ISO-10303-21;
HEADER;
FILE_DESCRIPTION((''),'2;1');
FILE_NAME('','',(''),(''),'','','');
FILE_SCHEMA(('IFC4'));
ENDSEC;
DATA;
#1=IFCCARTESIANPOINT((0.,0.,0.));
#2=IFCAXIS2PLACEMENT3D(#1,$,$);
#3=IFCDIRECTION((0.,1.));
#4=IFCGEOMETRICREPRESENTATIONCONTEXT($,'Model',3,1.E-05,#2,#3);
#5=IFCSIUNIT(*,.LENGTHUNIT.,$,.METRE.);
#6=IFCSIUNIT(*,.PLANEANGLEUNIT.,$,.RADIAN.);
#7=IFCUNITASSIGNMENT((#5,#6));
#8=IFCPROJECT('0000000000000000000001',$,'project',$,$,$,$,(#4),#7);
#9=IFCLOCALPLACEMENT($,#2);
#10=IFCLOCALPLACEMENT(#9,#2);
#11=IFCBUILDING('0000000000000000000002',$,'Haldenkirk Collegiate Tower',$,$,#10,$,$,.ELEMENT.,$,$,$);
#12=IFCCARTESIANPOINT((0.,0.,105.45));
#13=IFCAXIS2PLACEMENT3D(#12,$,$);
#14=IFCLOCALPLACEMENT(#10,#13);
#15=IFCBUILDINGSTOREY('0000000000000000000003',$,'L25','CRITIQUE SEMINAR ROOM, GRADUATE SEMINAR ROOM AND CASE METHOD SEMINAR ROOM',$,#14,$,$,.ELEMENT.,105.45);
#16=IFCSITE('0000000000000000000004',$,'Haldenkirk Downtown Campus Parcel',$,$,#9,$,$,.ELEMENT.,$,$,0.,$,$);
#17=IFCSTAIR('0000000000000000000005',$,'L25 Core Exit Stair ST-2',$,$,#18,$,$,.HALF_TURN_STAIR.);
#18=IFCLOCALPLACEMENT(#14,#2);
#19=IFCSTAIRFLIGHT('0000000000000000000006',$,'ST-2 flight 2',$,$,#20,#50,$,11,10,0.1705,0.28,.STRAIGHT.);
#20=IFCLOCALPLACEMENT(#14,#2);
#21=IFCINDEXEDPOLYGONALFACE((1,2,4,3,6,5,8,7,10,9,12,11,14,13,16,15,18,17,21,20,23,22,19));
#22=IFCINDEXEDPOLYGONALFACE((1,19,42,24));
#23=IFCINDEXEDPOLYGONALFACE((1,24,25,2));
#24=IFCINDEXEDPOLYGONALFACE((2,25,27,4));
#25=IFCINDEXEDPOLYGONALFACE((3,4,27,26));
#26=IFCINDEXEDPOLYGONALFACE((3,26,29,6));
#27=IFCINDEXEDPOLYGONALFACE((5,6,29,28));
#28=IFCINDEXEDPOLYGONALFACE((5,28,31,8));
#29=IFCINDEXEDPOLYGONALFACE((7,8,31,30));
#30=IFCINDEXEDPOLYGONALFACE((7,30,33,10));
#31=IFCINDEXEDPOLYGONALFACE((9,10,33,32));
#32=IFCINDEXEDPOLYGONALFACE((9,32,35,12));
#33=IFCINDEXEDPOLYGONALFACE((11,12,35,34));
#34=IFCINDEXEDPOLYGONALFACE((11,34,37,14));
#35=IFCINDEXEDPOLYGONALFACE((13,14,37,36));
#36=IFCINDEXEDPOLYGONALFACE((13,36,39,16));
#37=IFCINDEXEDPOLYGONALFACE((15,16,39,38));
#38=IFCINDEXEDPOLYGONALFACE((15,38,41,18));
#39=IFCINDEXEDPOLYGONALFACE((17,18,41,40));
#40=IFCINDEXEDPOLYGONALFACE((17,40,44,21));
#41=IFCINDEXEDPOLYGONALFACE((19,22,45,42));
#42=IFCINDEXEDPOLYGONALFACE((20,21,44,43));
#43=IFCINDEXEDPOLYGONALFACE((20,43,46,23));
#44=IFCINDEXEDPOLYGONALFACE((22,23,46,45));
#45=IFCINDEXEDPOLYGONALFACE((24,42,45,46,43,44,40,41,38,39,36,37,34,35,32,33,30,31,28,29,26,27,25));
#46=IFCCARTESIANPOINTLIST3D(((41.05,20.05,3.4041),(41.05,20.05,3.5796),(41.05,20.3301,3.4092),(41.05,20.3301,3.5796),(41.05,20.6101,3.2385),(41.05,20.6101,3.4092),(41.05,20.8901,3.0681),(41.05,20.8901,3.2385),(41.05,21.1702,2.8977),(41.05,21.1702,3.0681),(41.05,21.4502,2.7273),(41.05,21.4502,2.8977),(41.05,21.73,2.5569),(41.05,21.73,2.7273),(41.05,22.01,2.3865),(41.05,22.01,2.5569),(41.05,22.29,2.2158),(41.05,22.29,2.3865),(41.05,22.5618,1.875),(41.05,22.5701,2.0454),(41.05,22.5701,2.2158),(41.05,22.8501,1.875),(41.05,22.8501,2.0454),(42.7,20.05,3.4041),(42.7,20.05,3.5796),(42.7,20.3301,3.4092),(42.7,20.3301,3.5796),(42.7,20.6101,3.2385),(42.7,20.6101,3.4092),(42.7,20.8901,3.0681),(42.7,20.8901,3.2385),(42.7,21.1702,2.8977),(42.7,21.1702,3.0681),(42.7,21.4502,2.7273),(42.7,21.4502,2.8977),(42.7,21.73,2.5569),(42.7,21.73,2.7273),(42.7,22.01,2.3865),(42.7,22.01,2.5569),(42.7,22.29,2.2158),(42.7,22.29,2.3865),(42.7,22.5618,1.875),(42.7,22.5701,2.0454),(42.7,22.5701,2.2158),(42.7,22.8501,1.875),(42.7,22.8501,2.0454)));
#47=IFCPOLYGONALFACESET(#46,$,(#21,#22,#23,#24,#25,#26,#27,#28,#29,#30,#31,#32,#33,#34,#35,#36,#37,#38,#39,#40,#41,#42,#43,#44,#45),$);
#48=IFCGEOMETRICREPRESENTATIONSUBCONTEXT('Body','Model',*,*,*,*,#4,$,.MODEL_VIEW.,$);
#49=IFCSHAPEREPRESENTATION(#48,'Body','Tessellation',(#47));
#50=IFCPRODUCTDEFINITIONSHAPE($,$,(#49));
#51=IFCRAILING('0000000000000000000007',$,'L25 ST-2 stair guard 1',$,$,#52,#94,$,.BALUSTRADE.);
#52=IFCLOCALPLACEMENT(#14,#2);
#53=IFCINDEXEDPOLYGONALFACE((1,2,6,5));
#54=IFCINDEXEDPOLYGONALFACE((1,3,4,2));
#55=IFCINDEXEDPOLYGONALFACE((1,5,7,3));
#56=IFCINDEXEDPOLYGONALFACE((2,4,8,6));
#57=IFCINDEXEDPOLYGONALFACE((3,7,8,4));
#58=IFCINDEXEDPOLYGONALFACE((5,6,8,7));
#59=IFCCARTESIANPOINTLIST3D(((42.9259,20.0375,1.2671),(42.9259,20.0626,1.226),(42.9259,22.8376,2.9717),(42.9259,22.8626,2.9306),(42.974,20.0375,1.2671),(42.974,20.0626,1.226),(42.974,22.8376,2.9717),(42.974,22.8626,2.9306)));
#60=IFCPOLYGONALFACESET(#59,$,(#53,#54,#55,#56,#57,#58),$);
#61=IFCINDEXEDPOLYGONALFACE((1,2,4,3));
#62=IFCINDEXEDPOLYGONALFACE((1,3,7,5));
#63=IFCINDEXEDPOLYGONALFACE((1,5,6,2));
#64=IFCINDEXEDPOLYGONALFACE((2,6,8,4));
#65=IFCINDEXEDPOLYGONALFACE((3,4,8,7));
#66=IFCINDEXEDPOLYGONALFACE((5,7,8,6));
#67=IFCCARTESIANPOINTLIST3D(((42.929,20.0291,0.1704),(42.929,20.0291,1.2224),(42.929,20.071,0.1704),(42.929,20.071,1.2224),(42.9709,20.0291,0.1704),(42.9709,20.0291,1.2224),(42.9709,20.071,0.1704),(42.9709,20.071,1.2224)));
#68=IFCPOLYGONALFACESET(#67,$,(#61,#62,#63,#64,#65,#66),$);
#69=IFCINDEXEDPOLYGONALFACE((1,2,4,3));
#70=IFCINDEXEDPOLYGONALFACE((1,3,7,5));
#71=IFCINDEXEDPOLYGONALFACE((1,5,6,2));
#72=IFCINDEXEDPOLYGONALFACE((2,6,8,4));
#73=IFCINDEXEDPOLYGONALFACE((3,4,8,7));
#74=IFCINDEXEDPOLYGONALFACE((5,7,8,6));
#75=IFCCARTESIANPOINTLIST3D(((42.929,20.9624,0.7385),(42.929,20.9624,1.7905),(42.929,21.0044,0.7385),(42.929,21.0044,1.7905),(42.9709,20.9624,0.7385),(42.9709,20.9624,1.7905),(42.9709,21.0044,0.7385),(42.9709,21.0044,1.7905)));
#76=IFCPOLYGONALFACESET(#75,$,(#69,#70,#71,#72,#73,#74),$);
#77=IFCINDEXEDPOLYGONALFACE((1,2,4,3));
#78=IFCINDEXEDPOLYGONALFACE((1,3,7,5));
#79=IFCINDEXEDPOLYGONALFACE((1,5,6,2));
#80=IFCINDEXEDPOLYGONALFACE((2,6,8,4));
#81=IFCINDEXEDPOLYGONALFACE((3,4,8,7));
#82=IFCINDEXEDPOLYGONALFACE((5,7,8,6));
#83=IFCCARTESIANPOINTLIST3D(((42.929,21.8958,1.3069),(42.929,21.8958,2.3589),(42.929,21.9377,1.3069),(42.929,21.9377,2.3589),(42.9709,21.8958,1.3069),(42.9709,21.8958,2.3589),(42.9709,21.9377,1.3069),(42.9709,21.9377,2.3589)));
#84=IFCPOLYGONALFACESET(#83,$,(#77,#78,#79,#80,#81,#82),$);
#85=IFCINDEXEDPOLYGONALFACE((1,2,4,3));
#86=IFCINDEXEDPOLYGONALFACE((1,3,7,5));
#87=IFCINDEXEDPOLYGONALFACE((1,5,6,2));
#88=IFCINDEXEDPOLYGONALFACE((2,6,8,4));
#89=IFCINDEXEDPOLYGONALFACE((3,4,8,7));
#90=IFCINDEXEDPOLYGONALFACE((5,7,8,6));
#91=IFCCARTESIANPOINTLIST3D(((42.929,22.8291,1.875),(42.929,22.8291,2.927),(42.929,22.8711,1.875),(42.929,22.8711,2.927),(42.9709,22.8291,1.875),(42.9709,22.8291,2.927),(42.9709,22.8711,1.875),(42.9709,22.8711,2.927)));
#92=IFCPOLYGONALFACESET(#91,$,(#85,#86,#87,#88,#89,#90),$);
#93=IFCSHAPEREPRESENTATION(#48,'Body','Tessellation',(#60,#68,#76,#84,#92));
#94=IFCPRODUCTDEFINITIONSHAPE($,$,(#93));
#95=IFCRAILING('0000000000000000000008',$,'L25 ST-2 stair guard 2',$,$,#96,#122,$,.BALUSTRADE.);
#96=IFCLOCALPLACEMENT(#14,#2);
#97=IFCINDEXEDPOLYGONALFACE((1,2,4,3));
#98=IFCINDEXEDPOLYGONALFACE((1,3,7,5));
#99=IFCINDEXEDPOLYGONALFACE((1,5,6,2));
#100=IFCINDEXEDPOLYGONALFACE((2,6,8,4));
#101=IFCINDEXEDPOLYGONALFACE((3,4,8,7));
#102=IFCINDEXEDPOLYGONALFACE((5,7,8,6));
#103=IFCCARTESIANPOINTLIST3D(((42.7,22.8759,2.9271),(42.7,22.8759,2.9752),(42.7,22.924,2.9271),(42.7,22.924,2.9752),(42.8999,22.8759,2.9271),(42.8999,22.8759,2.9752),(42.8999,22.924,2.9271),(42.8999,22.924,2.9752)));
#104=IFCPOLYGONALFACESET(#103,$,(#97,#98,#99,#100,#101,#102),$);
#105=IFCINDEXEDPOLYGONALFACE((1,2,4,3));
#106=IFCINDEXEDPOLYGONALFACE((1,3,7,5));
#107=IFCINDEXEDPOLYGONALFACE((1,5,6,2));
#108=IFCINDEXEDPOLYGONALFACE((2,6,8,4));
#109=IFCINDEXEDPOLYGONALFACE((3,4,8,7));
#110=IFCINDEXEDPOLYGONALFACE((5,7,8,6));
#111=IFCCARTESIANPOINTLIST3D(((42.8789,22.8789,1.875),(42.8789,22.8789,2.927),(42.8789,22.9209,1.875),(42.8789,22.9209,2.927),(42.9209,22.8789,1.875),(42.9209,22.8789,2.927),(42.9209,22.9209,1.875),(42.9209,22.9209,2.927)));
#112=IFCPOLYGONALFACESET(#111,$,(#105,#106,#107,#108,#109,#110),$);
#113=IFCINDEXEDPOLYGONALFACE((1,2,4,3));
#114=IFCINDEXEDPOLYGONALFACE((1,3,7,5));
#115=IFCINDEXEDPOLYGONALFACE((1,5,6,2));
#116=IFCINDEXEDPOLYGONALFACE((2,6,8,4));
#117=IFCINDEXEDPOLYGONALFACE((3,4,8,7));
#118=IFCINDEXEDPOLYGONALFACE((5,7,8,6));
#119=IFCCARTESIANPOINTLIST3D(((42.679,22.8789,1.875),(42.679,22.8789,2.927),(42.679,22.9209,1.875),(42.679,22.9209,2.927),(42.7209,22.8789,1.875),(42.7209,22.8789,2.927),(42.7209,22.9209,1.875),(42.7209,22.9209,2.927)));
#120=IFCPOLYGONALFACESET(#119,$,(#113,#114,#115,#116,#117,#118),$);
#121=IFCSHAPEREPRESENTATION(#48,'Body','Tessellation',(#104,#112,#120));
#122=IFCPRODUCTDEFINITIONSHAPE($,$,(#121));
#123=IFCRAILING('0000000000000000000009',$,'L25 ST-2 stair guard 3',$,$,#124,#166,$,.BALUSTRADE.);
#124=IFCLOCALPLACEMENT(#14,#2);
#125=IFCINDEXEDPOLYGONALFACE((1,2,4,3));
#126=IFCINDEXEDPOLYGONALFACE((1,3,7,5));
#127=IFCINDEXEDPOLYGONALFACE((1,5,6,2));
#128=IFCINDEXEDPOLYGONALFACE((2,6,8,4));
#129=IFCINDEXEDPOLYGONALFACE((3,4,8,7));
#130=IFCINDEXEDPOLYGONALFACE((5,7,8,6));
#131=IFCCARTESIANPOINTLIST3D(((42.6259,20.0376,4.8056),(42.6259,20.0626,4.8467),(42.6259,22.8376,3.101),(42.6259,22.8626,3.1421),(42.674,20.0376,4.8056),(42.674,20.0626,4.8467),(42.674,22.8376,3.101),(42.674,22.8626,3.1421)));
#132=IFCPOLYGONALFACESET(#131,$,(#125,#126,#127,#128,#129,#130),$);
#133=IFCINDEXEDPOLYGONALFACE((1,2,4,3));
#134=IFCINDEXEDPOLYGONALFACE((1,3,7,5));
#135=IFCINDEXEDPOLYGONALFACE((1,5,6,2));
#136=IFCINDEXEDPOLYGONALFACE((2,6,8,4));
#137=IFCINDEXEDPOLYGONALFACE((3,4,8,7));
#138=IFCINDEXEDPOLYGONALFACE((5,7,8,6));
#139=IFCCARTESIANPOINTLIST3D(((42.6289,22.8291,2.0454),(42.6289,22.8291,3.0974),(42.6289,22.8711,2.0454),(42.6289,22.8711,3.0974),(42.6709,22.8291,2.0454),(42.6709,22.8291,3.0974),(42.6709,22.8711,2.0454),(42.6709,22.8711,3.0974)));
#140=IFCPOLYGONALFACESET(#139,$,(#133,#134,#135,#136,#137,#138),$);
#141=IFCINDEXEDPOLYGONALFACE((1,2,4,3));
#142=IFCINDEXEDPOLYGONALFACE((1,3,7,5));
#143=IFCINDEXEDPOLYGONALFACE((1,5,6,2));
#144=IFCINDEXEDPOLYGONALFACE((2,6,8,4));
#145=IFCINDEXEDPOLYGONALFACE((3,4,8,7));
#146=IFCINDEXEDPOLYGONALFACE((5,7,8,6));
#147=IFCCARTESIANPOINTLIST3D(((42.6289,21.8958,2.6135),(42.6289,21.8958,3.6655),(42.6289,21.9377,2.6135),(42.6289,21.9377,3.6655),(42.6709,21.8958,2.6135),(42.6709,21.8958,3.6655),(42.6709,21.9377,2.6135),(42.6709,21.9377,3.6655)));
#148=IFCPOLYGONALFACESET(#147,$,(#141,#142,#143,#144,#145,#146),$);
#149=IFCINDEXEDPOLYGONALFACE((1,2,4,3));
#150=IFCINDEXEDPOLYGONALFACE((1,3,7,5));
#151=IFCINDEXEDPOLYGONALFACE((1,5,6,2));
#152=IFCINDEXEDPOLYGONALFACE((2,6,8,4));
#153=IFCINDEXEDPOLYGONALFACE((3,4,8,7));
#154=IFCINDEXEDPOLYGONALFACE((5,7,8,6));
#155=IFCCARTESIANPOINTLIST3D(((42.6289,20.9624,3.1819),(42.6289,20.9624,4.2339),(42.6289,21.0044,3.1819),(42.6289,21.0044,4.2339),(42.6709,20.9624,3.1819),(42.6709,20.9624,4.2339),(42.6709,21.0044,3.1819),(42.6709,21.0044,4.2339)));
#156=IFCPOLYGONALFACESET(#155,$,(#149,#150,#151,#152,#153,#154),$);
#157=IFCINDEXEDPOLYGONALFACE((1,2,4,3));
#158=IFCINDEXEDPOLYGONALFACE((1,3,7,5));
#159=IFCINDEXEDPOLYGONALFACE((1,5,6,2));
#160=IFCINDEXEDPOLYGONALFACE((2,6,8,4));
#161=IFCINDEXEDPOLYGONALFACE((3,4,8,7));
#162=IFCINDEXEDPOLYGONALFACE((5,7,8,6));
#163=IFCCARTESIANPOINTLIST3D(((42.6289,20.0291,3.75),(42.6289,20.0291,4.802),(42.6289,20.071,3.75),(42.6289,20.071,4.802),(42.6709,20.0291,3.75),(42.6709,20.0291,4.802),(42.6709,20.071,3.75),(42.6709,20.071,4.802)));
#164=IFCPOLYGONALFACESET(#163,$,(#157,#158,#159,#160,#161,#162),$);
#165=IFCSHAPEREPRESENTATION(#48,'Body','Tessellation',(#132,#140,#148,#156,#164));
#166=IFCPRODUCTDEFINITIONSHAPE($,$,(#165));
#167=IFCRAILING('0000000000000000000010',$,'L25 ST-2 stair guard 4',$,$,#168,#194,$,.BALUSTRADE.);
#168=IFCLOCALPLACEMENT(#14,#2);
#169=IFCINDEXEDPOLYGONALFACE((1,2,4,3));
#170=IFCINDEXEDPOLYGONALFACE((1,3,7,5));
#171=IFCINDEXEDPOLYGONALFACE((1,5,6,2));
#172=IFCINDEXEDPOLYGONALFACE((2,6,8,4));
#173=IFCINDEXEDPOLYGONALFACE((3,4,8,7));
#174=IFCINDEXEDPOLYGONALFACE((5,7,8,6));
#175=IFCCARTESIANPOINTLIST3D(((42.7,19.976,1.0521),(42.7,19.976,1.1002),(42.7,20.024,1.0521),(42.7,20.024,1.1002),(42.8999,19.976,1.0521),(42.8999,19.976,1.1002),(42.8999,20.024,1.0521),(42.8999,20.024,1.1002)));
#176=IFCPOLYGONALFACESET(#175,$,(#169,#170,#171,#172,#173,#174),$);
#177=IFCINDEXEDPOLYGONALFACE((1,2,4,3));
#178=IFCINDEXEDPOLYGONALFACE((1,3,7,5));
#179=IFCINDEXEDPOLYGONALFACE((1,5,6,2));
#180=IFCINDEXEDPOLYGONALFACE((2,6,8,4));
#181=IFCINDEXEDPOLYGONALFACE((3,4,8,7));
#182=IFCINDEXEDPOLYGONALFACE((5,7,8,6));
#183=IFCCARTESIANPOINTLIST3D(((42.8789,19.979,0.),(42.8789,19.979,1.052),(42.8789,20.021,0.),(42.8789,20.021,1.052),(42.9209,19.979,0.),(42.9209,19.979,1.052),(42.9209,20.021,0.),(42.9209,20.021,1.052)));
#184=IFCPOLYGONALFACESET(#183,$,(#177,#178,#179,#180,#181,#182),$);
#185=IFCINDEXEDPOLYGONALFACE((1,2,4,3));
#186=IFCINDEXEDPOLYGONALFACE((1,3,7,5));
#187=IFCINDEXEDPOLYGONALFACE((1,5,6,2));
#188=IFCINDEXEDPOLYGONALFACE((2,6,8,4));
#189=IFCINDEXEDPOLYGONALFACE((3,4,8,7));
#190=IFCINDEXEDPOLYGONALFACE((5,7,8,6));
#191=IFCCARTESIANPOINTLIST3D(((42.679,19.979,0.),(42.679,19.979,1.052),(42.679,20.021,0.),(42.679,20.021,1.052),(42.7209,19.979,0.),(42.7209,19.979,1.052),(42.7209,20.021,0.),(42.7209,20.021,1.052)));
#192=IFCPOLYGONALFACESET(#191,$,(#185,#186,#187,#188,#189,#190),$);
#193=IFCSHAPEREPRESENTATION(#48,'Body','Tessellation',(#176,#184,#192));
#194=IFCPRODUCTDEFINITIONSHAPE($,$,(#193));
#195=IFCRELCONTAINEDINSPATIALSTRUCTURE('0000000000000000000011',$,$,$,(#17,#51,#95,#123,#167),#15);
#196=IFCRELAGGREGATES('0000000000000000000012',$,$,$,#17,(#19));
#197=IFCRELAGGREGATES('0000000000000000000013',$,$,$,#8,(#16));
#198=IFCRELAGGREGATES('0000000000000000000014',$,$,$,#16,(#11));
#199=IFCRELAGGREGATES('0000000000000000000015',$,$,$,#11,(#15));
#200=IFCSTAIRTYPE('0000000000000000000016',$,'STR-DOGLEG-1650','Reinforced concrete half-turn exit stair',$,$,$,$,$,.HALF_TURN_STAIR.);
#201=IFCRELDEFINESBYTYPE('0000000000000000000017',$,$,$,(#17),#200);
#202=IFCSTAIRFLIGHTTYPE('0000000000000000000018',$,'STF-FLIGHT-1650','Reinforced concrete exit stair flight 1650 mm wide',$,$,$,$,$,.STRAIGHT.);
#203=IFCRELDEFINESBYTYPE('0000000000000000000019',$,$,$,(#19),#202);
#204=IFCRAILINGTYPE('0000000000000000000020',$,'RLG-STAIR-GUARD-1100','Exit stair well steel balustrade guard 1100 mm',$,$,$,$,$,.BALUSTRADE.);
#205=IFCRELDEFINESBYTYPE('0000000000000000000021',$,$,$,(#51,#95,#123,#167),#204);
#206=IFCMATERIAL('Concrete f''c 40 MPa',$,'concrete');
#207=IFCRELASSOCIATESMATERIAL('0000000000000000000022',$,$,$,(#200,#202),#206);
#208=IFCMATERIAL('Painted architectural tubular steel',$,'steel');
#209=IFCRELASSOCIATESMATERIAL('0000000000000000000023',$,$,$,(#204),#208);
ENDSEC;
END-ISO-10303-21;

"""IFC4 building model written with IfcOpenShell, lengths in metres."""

from ifc_helpers import new_model, si_unit, direction, frame, origin, origin_2d, place, context, subcontext, project, spatial, polyline, rectangle, outline, extrude, material, type_object, element, aggregate, save


model = new_model("IFC4")

# Units and contexts
model_context = context("Model", 3, precision=1e-05, world=origin(), true_north=direction((0.0, 1.0)))
body_context = subcontext(model_context, "Body", "Model", "MODEL_VIEW")
ifc_project = project(units=[si_unit("LENGTHUNIT", "METRE"), si_unit("PLANEANGLEUNIT", "RADIAN")], contexts=[model_context])

# Site, building, storey
site_placement = place(None, origin())
site = spatial("IfcSite", under=ifc_project, at=site_placement, Name="Haldenkirk Downtown Campus Parcel", CompositionType="ELEMENT", RefElevation=0.0)
building_placement = place(site_placement, origin())
building = spatial("IfcBuilding", under=site, at=building_placement, Name="Haldenkirk Collegiate Tower", CompositionType="ELEMENT")
storey_placement = place(building_placement, frame((0.0, 0.0, 105.45)))
storey = spatial("IfcBuildingStorey", under=building, at=storey_placement, Name="L25", Description="CRITIQUE SEMINAR ROOM, GRADUATE SEMINAR ROOM AND CASE METHOD SEMINAR ROOM", CompositionType="ELEMENT", Elevation=105.45)

# Stair, stair flight
ifc_material_1 = material(Name="Concrete f'c 40 MPa", Category="concrete")
stair_type = type_object("IfcStairType", Name="STR-DOGLEG-1650", Description="Reinforced concrete half-turn exit stair", PredefinedType="HALF_TURN_STAIR", material=ifc_material_1)
stair_placement = place(storey_placement, origin())
stair = element("IfcStair", 1, at=stair_placement, inside=storey, type_object=stair_type, Name="L25 Core Exit Stair ST-2", PredefinedType="HALF_TURN_STAIR")
stair_flight_type = type_object("IfcStairFlightType", Name="STF-FLIGHT-1650", Description="Reinforced concrete exit stair flight 1650 mm wide", PredefinedType="STRAIGHT", material=ifc_material_1)
stair_flight_1_placement = place(storey_placement, frame((41.875, 22.8501, 1.875), z_axis=(0.0, 0.0, 1.0), x_axis=(0.0, -1.0, 0.0)))
stair_flight_1 = element("IfcStairFlight", 2, at=stair_flight_1_placement, type_object=stair_flight_type, Name="ST-2 flight 2", NumberOfRisers=11, NumberOfTreads=10, PredefinedType="STRAIGHT", RiserHeight=0.1705, TreadLength=0.28, context=body_context, shape_type="SweptSolid", body=[
    extrude(outline(polyline([(0.0, 0.0), (0.0, 0.1704), (0.28, 0.1704), (0.28, 0.3408), (0.5601, 0.3408), (0.5601, 0.5115), (0.8401, 0.5115), (0.8401, 0.6819), (1.1201, 0.6819), (1.1201, 0.8523), (1.3999, 0.8523), (1.3999, 1.0227), (1.6799, 1.0227), (1.6799, 1.1931), (1.96, 1.1931), (1.96, 1.3635), (2.24, 1.3635), (2.24, 1.5342), (2.52, 1.5342), (2.52, 1.7046), (2.8, 1.7046), (2.8, 1.875), (2.8, 1.5291), (0.2883, 0.0), (0.0, 0.0)])), frame((0.0, 0.825, 0.0), z_axis=(0.0, -1.0, 0.0), x_axis=(1.0, 0.0, 0.0)), (0.0, 0.0, 1.0), 1.6499),
])
aggregate(stair, [stair_flight_1])

# Railings
ifc_material_2 = material(Name="Painted architectural tubular steel", Category="steel")
railing_type_1 = type_object("IfcRailingType", Name="RLG-STAIR-GUARD-1100", Description="Exit stair well steel balustrade guard 1100 mm", PredefinedType="BALUSTRADE", material=ifc_material_2)
railing_1_placement = place(storey_placement, frame((42.95, 20.05, 0.1704)))
element("IfcRailing", 3, at=railing_1_placement, inside=storey, type_object=railing_type_1, Name="L25 ST-2 stair guard 1", PredefinedType="BALUSTRADE", context=body_context, shape_type="SweptSolid", body=[
    extrude(rectangle(XDim=0.0481, YDim=0.0481, at=origin_2d()), frame((0.0, 0.0, 1.0762), z_axis=(0.0, 0.85417, 0.519994), x_axis=(-1.0, 0.0, 0.0)), (0.0, 0.0, 1.0), 3.2781),
    extrude(rectangle(XDim=0.042, YDim=0.042, at=origin_2d()), origin(), (0.0, 0.0, 1.0), 1.052),
    extrude(rectangle(XDim=0.042, YDim=0.042, at=origin_2d()), frame((0.0, 0.9333, 0.5681)), (0.0, 0.0, 1.0), 1.052),
    extrude(rectangle(XDim=0.042, YDim=0.042, at=origin_2d()), frame((0.0, 1.8667, 1.1365)), (0.0, 0.0, 1.0), 1.052),
    extrude(rectangle(XDim=0.042, YDim=0.042, at=origin_2d()), frame((0.0, 2.8, 1.7046)), (0.0, 0.0, 1.0), 1.052),
])
railing_2_placement = place(storey_placement, frame((42.8999, 22.8999, 1.875)))
element("IfcRailing", 4, at=railing_2_placement, inside=storey, type_object=railing_type_1, Name="L25 ST-2 stair guard 2", PredefinedType="BALUSTRADE", context=body_context, shape_type="SweptSolid", body=[
    extrude(rectangle(XDim=0.0481, YDim=0.0481, at=origin_2d()), frame((0.0, 0.0, 1.0762), z_axis=(-1.0, 0.0, 0.0), x_axis=(0.0, -1.0, 0.0)), (0.0, 0.0, 1.0), 0.2),
    extrude(rectangle(XDim=0.042, YDim=0.042, at=origin_2d()), origin(), (0.0, 0.0, 1.0), 1.052),
    extrude(rectangle(XDim=0.042, YDim=0.042, at=origin_2d()), frame((-0.2, 0.0, 0.0)), (0.0, 0.0, 1.0), 1.052),
])
railing_3_placement = place(storey_placement, frame((42.6499, 22.8501, 2.0454)))
element("IfcRailing", 5, at=railing_3_placement, inside=storey, type_object=railing_type_1, Name="L25 ST-2 stair guard 3", PredefinedType="BALUSTRADE", context=body_context, shape_type="SweptSolid", body=[
    extrude(rectangle(XDim=0.0481, YDim=0.0481, at=origin_2d()), frame((0.0, 0.0, 1.0762), z_axis=(0.0, -0.85417, 0.519994), x_axis=(1.0, 0.0, 0.0)), (0.0, 0.0, 1.0), 3.2781),
    extrude(rectangle(XDim=0.042, YDim=0.042, at=origin_2d()), origin(), (0.0, 0.0, 1.0), 1.052),
    extrude(rectangle(XDim=0.042, YDim=0.042, at=origin_2d()), frame((0.0, -0.9333, 0.5681)), (0.0, 0.0, 1.0), 1.052),
    extrude(rectangle(XDim=0.042, YDim=0.042, at=origin_2d()), frame((0.0, -1.8667, 1.1365)), (0.0, 0.0, 1.0), 1.052),
    extrude(rectangle(XDim=0.042, YDim=0.042, at=origin_2d()), frame((0.0, -2.8, 1.7046)), (0.0, 0.0, 1.0), 1.052),
])
railing_4_placement = place(storey_placement, frame((42.8999, 20.0, 0.0)))
element("IfcRailing", 6, at=railing_4_placement, inside=storey, type_object=railing_type_1, Name="L25 ST-2 stair guard 4", PredefinedType="BALUSTRADE", context=body_context, shape_type="SweptSolid", body=[
    extrude(rectangle(XDim=0.0481, YDim=0.0481, at=origin_2d()), frame((0.0, 0.0, 1.0762), z_axis=(-1.0, 0.0, 0.0), x_axis=(0.0, -1.0, 0.0)), (0.0, 0.0, 1.0), 0.2),
    extrude(rectangle(XDim=0.042, YDim=0.042, at=origin_2d()), origin(), (0.0, 0.0, 1.0), 1.052),
    extrude(rectangle(XDim=0.042, YDim=0.042, at=origin_2d()), frame((-0.2, 0.0, 0.0)), (0.0, 0.0, 1.0), 1.052),
])

save(model, "model.ifc")
